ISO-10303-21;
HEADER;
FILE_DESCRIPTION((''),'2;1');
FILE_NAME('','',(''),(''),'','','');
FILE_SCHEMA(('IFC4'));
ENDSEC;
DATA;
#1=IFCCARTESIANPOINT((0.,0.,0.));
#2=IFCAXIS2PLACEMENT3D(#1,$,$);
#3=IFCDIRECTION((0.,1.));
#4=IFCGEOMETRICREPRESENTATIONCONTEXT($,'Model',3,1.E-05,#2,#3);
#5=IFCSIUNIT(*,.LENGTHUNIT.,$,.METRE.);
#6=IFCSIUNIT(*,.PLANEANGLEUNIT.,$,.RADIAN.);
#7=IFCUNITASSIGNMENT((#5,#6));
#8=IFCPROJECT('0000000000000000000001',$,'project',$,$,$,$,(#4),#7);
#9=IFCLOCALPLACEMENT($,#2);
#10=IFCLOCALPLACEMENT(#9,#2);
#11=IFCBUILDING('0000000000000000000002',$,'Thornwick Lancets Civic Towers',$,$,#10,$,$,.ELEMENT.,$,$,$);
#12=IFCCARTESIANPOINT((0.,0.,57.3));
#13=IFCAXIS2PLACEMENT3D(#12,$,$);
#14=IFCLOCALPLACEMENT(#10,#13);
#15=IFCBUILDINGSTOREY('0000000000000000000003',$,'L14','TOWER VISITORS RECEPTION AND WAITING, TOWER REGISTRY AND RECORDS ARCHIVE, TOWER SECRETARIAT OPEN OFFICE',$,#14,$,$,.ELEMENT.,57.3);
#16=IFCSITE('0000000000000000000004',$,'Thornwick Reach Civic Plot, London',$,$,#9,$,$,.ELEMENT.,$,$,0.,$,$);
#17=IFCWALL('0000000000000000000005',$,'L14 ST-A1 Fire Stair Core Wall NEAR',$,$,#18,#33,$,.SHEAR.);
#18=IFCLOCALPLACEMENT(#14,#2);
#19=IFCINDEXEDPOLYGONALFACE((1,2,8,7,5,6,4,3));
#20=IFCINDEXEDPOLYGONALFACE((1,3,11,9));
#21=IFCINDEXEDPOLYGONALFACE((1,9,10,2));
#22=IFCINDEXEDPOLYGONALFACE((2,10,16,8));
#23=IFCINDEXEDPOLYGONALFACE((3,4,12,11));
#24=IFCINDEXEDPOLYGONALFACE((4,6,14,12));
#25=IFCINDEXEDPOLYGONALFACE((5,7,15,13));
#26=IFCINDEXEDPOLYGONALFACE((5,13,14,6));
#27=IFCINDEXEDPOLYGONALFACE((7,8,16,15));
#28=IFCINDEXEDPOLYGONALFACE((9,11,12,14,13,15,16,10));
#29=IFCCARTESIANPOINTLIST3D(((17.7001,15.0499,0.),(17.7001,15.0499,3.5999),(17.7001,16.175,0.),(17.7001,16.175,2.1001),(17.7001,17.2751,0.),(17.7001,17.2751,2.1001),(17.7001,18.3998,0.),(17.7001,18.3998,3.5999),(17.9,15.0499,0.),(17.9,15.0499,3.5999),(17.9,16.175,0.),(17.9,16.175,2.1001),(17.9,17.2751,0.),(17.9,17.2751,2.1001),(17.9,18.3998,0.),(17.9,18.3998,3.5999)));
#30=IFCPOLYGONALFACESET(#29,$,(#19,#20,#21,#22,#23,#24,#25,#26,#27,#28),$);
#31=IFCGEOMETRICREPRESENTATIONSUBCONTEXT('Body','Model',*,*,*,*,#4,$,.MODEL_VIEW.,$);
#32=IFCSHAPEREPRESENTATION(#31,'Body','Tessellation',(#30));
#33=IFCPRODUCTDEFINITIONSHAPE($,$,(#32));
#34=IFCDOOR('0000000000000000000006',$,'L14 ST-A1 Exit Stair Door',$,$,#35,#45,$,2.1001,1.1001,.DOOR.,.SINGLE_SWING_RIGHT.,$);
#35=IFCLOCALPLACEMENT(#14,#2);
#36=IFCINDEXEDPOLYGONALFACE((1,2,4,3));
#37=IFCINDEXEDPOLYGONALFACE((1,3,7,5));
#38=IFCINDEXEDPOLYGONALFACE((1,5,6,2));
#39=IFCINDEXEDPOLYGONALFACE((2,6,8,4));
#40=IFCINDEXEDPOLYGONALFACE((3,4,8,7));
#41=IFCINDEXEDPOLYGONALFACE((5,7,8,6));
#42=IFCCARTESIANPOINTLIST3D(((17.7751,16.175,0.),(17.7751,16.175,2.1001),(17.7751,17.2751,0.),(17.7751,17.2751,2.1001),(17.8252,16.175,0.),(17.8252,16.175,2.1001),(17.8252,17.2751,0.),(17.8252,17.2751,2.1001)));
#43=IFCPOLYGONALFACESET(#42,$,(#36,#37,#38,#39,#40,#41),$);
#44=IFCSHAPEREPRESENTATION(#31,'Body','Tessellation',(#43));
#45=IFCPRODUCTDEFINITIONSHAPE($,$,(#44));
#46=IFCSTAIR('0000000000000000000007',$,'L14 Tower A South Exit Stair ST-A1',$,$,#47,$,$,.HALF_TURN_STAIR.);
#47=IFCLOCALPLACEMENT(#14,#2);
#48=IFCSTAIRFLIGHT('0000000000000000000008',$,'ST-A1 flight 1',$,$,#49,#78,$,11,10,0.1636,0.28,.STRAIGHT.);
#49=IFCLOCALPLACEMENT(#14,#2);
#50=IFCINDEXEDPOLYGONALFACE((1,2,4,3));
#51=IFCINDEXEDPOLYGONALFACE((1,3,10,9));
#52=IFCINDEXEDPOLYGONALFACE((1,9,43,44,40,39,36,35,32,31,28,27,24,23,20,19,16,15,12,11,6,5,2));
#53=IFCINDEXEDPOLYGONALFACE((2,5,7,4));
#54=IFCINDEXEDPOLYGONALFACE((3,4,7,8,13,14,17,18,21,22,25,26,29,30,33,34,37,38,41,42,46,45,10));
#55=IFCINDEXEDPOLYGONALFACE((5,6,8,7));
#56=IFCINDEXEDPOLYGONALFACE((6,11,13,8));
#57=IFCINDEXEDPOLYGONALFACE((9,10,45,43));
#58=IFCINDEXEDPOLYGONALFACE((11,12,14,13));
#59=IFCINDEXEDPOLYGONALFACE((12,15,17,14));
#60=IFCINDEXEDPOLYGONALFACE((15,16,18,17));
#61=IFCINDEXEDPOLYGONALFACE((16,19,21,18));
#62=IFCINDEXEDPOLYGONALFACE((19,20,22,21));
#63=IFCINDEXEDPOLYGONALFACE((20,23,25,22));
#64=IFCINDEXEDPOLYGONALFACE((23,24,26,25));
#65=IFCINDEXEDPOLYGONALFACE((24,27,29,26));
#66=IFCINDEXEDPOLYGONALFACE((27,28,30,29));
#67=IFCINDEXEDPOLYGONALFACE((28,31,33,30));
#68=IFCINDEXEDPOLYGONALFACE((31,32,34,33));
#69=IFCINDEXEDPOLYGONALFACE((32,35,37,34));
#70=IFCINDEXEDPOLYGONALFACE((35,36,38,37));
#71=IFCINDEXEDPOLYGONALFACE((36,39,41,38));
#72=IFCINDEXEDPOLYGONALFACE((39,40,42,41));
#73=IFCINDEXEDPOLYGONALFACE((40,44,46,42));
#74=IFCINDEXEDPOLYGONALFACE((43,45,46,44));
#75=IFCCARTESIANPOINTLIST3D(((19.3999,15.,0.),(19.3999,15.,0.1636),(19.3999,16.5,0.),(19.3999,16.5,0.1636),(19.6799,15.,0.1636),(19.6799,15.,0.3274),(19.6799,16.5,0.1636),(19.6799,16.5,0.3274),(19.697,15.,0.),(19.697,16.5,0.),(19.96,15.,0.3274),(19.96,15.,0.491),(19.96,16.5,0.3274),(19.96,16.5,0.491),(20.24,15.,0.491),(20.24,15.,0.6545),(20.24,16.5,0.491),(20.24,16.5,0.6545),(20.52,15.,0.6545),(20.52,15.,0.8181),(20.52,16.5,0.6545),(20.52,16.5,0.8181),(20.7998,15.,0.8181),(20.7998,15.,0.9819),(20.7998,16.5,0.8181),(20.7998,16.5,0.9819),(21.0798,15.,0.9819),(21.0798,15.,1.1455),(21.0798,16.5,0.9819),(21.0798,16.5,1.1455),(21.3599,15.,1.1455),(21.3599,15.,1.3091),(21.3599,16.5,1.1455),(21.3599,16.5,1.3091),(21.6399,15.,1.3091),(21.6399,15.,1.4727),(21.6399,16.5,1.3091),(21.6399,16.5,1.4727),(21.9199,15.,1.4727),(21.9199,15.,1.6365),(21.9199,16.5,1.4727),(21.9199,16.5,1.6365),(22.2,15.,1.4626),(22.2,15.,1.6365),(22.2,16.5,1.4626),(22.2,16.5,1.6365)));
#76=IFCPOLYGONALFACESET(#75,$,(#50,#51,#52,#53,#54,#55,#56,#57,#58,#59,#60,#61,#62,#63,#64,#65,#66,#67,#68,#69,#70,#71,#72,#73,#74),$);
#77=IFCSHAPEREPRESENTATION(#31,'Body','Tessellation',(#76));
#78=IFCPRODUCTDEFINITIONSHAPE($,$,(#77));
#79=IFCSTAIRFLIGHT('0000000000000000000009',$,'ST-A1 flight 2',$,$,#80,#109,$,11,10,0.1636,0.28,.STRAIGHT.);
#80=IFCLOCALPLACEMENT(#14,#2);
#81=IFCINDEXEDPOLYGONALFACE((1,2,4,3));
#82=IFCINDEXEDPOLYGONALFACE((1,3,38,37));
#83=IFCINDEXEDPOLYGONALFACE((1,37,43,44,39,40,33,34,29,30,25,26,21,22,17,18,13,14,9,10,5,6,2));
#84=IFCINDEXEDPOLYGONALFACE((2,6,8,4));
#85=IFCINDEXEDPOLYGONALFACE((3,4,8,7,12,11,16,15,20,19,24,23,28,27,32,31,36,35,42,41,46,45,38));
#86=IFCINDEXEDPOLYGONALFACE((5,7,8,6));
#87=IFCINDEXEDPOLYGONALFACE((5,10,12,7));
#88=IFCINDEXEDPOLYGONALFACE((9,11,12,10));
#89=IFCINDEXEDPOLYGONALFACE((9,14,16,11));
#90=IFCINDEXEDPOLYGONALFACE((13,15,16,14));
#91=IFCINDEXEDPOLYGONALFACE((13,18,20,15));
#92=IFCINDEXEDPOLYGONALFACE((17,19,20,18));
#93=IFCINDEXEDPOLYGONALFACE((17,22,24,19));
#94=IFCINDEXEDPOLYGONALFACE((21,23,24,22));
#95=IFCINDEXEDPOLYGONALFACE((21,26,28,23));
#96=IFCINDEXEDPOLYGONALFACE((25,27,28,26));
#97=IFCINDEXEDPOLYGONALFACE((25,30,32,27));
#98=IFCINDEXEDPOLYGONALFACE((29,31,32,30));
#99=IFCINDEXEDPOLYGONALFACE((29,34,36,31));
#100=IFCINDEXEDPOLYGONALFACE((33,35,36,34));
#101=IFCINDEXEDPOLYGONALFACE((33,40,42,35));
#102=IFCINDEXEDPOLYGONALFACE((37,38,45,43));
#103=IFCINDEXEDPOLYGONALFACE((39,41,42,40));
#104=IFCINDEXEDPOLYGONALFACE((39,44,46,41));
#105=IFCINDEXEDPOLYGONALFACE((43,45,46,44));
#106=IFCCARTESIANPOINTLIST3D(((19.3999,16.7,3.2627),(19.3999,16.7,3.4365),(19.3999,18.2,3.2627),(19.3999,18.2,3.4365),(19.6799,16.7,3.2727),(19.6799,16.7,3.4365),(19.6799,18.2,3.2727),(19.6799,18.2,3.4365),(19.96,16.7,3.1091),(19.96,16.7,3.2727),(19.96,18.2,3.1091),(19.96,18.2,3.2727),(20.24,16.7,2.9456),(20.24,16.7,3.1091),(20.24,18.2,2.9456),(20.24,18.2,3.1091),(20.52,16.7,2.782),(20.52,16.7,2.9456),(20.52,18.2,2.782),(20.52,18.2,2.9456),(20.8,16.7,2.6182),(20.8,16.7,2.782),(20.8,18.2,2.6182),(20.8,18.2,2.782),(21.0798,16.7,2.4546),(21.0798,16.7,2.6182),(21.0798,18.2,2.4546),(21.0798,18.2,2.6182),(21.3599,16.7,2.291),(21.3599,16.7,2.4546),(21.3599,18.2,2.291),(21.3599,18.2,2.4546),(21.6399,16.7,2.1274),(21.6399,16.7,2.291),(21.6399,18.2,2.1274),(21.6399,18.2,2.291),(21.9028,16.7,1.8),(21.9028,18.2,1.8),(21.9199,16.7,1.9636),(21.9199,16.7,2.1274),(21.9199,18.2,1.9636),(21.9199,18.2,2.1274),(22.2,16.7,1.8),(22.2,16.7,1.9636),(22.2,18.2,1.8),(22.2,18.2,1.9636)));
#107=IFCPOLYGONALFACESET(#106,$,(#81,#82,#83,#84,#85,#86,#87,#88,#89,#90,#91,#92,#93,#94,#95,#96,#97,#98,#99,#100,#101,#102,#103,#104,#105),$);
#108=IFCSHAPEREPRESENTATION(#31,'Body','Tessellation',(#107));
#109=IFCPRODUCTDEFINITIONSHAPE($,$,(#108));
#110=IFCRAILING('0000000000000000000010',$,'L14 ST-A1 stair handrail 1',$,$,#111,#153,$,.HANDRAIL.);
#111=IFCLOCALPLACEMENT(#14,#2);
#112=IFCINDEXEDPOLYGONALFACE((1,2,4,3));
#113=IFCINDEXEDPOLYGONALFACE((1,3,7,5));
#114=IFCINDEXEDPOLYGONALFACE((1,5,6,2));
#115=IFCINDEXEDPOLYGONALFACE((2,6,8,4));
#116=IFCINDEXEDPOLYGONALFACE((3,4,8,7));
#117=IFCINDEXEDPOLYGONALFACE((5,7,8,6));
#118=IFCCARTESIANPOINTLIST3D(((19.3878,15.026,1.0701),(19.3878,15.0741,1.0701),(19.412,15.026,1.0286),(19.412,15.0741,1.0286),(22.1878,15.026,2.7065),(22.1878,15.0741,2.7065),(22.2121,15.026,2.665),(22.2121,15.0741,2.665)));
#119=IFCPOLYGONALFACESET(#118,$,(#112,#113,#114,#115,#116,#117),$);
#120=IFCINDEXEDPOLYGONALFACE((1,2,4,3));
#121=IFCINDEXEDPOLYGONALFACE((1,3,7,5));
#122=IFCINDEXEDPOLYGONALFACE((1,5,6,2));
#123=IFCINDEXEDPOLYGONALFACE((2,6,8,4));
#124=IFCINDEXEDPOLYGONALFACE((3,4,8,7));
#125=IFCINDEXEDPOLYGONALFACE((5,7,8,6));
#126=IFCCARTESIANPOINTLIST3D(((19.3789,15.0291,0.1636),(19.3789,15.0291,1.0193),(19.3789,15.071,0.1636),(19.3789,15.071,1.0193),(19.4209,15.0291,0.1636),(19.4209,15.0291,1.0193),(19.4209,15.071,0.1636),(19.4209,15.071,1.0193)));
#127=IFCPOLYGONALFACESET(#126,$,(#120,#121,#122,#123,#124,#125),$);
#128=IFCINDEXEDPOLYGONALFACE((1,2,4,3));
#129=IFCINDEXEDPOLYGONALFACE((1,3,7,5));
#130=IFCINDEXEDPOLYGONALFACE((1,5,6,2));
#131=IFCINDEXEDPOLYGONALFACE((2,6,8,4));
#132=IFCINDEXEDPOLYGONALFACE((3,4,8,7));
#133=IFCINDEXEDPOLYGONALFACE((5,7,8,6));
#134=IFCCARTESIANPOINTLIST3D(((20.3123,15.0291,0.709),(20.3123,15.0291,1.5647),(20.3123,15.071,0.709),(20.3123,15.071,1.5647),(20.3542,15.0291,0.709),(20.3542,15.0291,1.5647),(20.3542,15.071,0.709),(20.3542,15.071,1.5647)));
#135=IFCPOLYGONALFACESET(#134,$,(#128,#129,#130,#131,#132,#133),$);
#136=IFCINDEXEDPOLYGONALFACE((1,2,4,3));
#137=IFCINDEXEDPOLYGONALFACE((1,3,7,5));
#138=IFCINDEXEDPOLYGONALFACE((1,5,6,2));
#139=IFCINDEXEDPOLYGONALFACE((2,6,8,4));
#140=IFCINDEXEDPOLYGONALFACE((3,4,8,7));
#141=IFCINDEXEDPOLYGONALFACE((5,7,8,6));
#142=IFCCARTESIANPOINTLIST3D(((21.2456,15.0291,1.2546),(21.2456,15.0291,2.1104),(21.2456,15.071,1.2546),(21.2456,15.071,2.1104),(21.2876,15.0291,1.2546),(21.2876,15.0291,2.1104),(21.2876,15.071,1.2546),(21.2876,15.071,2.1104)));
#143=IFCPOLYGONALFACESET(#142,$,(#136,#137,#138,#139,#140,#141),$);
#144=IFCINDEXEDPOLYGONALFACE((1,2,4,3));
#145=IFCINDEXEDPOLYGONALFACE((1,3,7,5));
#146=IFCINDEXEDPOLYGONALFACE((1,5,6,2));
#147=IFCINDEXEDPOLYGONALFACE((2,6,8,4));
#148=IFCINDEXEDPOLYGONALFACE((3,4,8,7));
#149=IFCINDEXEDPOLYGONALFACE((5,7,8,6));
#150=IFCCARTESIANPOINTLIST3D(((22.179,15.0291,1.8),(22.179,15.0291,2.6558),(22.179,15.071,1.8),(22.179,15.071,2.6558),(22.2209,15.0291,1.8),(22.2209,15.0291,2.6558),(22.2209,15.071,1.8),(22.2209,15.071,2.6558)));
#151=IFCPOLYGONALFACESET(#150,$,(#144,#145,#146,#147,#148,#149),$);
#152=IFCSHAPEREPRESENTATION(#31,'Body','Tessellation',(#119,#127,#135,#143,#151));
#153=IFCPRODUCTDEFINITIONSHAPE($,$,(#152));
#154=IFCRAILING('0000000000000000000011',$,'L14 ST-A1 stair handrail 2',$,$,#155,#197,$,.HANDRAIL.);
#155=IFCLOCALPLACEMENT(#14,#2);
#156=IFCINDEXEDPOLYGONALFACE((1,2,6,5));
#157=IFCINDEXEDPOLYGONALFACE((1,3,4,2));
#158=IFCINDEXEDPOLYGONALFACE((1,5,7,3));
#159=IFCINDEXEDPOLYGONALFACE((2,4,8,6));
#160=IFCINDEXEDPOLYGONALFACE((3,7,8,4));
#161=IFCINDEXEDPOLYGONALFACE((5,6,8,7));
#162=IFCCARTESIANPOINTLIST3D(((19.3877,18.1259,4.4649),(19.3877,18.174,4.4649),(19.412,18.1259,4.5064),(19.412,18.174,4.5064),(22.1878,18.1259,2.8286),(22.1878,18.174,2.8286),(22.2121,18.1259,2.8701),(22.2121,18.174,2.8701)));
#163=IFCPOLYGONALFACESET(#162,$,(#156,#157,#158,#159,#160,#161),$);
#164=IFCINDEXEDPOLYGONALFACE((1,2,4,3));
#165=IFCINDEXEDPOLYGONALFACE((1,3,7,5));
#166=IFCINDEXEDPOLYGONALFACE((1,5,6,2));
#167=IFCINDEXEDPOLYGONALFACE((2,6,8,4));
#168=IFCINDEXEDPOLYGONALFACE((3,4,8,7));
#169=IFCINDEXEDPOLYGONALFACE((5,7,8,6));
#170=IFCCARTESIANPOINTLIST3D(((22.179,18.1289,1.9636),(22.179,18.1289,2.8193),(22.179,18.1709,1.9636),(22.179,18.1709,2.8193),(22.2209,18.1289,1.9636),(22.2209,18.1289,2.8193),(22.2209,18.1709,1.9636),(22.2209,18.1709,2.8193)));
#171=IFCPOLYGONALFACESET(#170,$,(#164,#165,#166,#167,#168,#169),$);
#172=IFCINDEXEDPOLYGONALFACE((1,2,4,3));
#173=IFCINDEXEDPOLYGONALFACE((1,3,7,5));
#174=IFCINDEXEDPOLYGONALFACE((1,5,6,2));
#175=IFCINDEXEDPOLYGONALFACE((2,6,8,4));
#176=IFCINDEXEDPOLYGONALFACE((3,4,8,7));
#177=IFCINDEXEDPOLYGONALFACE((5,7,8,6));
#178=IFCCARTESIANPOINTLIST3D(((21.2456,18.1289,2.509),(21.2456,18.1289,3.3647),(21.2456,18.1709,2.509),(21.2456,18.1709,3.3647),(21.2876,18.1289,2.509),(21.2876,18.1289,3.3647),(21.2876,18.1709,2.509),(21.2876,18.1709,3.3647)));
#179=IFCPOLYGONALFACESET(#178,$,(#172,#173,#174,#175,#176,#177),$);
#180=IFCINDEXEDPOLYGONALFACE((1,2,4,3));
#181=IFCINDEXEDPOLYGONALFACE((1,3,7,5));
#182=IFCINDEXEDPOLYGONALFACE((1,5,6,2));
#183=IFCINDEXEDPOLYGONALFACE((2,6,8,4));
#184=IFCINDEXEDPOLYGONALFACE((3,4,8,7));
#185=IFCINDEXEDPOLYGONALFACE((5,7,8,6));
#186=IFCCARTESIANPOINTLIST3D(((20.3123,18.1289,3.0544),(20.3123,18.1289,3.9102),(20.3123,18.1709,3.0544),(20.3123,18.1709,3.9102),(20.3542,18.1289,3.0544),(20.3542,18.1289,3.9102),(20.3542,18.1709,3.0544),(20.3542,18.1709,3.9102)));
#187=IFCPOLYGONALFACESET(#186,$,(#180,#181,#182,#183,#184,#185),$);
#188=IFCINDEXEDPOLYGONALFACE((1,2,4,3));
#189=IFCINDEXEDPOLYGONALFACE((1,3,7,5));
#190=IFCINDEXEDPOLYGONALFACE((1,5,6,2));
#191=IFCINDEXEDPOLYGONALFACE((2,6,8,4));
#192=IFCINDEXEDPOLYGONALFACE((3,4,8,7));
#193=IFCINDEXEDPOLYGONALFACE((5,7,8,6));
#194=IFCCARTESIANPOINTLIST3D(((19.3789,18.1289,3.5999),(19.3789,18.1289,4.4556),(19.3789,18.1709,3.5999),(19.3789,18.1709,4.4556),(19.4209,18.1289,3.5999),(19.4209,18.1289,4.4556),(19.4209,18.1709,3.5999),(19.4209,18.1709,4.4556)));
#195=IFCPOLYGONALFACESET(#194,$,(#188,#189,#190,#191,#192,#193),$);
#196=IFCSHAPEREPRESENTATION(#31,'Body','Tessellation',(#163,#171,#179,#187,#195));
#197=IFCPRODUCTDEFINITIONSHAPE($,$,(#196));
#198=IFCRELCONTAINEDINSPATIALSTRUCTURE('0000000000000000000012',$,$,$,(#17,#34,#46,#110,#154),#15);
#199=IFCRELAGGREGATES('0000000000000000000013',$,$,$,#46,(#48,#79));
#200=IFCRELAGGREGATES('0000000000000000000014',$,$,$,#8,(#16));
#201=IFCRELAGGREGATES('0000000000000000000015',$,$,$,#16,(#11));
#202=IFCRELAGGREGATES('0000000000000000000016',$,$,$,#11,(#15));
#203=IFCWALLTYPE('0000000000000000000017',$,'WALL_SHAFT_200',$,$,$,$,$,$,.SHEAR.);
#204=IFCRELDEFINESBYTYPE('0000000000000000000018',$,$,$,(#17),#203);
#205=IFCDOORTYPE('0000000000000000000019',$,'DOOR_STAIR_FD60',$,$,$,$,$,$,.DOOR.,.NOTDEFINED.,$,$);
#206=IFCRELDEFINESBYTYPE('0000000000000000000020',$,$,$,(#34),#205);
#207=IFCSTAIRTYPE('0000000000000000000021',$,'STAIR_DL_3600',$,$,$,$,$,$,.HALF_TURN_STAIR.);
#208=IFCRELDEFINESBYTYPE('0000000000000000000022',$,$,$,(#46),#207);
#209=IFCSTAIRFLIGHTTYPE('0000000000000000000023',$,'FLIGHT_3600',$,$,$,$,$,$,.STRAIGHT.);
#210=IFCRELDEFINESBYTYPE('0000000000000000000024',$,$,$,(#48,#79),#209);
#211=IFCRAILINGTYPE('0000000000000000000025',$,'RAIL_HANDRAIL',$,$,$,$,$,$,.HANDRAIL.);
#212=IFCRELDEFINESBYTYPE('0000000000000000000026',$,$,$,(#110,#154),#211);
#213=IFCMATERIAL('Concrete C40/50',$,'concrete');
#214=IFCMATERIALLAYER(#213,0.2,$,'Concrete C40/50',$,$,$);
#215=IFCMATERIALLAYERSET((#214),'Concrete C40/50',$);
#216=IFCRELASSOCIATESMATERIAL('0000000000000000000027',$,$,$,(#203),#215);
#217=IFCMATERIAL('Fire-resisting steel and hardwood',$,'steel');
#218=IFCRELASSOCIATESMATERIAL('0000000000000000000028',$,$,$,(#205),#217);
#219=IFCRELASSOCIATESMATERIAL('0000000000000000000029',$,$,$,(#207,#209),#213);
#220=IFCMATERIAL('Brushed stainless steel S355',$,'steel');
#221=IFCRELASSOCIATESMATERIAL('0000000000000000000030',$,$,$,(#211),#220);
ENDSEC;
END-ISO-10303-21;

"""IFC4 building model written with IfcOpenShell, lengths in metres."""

from ifc_helpers import new_model, si_unit, direction, frame, frame_2d, origin, origin_2d, place, context, subcontext, project, spatial, polyline, rectangle, outline, extrude, material, layer, layer_set, type_object, element, fill, aggregate, save


model = new_model("IFC4")

# Units and contexts
model_context = context("Model", 3, precision=1e-05, world=origin(), true_north=direction((0.0, 1.0)))
body_context = subcontext(model_context, "Body", "Model", "MODEL_VIEW")
ifc_project = project(units=[si_unit("LENGTHUNIT", "METRE"), si_unit("PLANEANGLEUNIT", "RADIAN")], contexts=[model_context])

# Site, building, storey
site_placement = place(None, origin())
site = spatial("IfcSite", under=ifc_project, at=site_placement, Name="Thornwick Reach Civic Plot, London", CompositionType="ELEMENT", RefElevation=0.0)
building_placement = place(site_placement, origin())
building = spatial("IfcBuilding", under=site, at=building_placement, Name="Thornwick Lancets Civic Towers", CompositionType="ELEMENT")
storey_placement = place(building_placement, frame((0.0, 0.0, 57.3)))
storey = spatial("IfcBuildingStorey", under=building, at=storey_placement, Name="L14", Description="TOWER VISITORS RECEPTION AND WAITING, TOWER REGISTRY AND RECORDS ARCHIVE, TOWER SECRETARIAT OPEN OFFICE", CompositionType="ELEMENT", Elevation=57.3)

# Shared definitions
ifc_material_1 = material(Name="Concrete C40/50", Category="concrete")

# Wall, opening, door
ifc_layer_1 = layer(ifc_material_1, 0.2, Name="Concrete C40/50")
ifc_layer_set_1 = layer_set([ifc_layer_1], Name="Concrete C40/50")
wall_type_1 = type_object("IfcWallType", Name="WALL_SHAFT_200", PredefinedType="SHEAR", material=ifc_layer_set_1)
wall_1_placement = place(storey_placement, frame((17.8, 15.05, 0.0), z_axis=(0.0, 0.0, 1.0), x_axis=(0.0, 1.0, 0.0)))
wall_1 = element("IfcWall", 1, at=wall_1_placement, inside=storey, type_object=wall_type_1, Name="L14 ST-A1 Fire Stair Core Wall NEAR", PredefinedType="SHEAR", context=body_context, shape_type="SweptSolid", body=[
    extrude(rectangle(XDim=3.3499, YDim=0.2, at=frame_2d((1.6748, 0.0))), origin(), (0.0, 0.0, 1.0), 3.5999),
])
opening_1_placement = place(wall_1_placement, frame((1.125, 0.0, 0.0)))
opening_1 = element("IfcOpeningElement", 2, at=opening_1_placement, cuts=wall_1, PredefinedType="OPENING", context=body_context, shape_type="SweptSolid", body=[
    extrude(rectangle(XDim=1.1001, YDim=2.1001, at=frame_2d((0.55, 1.05))), frame((0.0, 0.1099, 0.0), z_axis=(0.0, -1.0, 0.0), x_axis=(1.0, 0.0, 0.0)), (0.0, 0.0, 1.0), 0.22),
])
ifc_material_2 = material(Name="Fire-resisting steel and hardwood", Category="steel")
door_type_1 = type_object("IfcDoorType", Name="DOOR_STAIR_FD60", OperationType="NOTDEFINED", PredefinedType="DOOR", material=ifc_material_2)
door_1_placement = place(opening_1_placement, origin())
door_1 = element("IfcDoor", 3, at=door_1_placement, inside=storey, type_object=door_type_1, Name="L14 ST-A1 Exit Stair Door", OperationType="SINGLE_SWING_RIGHT", OverallHeight=2.1001, OverallWidth=1.1001, PredefinedType="DOOR", context=body_context, shape_type="SweptSolid", body=[
    extrude(rectangle(XDim=1.1001, YDim=2.1001, at=frame_2d((0.55, 1.05))), frame((0.0, 0.0249, 0.0), z_axis=(0.0, -1.0, 0.0), x_axis=(1.0, 0.0, 0.0)), (0.0, 0.0, 1.0), 0.05),
])
fill(opening_1, door_1)

# Stair, stair flights
stair_type = type_object("IfcStairType", Name="STAIR_DL_3600", PredefinedType="HALF_TURN_STAIR", material=ifc_material_1)
stair_placement = place(storey_placement, origin())
stair = element("IfcStair", 4, at=stair_placement, inside=storey, type_object=stair_type, Name="L14 Tower A South Exit Stair ST-A1", PredefinedType="HALF_TURN_STAIR")
stair_flight_type = type_object("IfcStairFlightType", Name="FLIGHT_3600", PredefinedType="STRAIGHT", material=ifc_material_1)
stair_flight_1_placement = place(storey_placement, frame((19.3999, 15.75, 0.0), z_axis=(0.0, 0.0, 1.0), x_axis=(1.0, 0.0, 0.0)))
stair_flight_1 = element("IfcStairFlight", 5, at=stair_flight_1_placement, type_object=stair_flight_type, Name="ST-A1 flight 1", NumberOfRisers=11, NumberOfTreads=10, PredefinedType="STRAIGHT", RiserHeight=0.1636, TreadLength=0.28, context=body_context, shape_type="SweptSolid", body=[
    extrude(outline(polyline([(0.0, 0.0), (0.0, 0.1636), (0.28, 0.1636), (0.28, 0.3274), (0.5601, 0.3274), (0.5601, 0.491), (0.8401, 0.491), (0.8401, 0.6545), (1.1201, 0.6545), (1.1201, 0.8181), (1.3999, 0.8181), (1.3999, 0.9819), (1.6799, 0.9819), (1.6799, 1.1455), (1.96, 1.1455), (1.96, 1.3091), (2.24, 1.3091), (2.24, 1.4727), (2.52, 1.4727), (2.52, 1.6365), (2.8, 1.6365), (2.8, 1.8), (2.8, 1.4626), (0.2971, 0.0), (0.0, 0.0)])), frame((0.0, 0.75, 0.0), z_axis=(0.0, -1.0, 0.0), x_axis=(1.0, 0.0, 0.0)), (0.0, 0.0, 1.0), 1.5),
])
stair_flight_2_placement = place(storey_placement, frame((22.2, 17.45, 1.8), z_axis=(0.0, 0.0, 1.0), x_axis=(-1.0, 0.0, 0.0)))
stair_flight_2 = element("IfcStairFlight", 6, at=stair_flight_2_placement, type_object=stair_flight_type, Name="ST-A1 flight 2", NumberOfRisers=11, NumberOfTreads=10, PredefinedType="STRAIGHT", RiserHeight=0.1636, TreadLength=0.28, context=body_context, shape_type="SweptSolid", body=[
    extrude(outline(polyline([(0.0, 0.0), (0.0, 0.1636), (0.28, 0.1636), (0.28, 0.3274), (0.5601, 0.3274), (0.5601, 0.491), (0.8401, 0.491), (0.8401, 0.6545), (1.1201, 0.6545), (1.1201, 0.8181), (1.3999, 0.8181), (1.3999, 0.9819), (1.6799, 0.9819), (1.6799, 1.1455), (1.96, 1.1455), (1.96, 1.3091), (2.24, 1.3091), (2.24, 1.4727), (2.52, 1.4727), (2.52, 1.6365), (2.8, 1.6365), (2.8, 1.8), (2.8, 1.4626), (0.2971, 0.0), (0.0, 0.0)])), frame((0.0, 0.75, 0.0), z_axis=(0.0, -1.0, 0.0), x_axis=(1.0, 0.0, 0.0)), (0.0, 0.0, 1.0), 1.5),
])
aggregate(stair, [stair_flight_1, stair_flight_2])

# Railings
ifc_material_3 = material(Name="Brushed stainless steel S355", Category="steel")
railing_type_1 = type_object("IfcRailingType", Name="RAIL_HANDRAIL", PredefinedType="HANDRAIL", material=ifc_material_3)
railing_1_placement = place(storey_placement, frame((19.3999, 15.05, 0.1636)))
element("IfcRailing", 7, at=railing_1_placement, inside=storey, type_object=railing_type_1, Name="L14 ST-A1 stair handrail 1", PredefinedType="HANDRAIL", context=body_context, shape_type="SweptSolid", body=[
    extrude(rectangle(XDim=0.0481, YDim=0.0481, at=origin_2d()), frame((0.0, 0.0, 0.8857), z_axis=(0.863361, 0.0, 0.504587), x_axis=(0.0, 1.0, 0.0)), (0.0, 0.0, 1.0), 3.2432),
    extrude(rectangle(XDim=0.042, YDim=0.042, at=origin_2d()), origin(), (0.0, 0.0, 1.0), 0.8557),
    extrude(rectangle(XDim=0.042, YDim=0.042, at=origin_2d()), frame((0.9333, 0.0, 0.5454)), (0.0, 0.0, 1.0), 0.8557),
    extrude(rectangle(XDim=0.042, YDim=0.042, at=origin_2d()), frame((1.8667, 0.0, 1.0911)), (0.0, 0.0, 1.0), 0.8557),
    extrude(rectangle(XDim=0.042, YDim=0.042, at=origin_2d()), frame((2.8, 0.0, 1.6365)), (0.0, 0.0, 1.0), 0.8557),
])
railing_2_placement = place(storey_placement, frame((22.2, 18.1499, 1.9636)))
element("IfcRailing", 8, at=railing_2_placement, inside=storey, type_object=railing_type_1, Name="L14 ST-A1 stair handrail 2", PredefinedType="HANDRAIL", context=body_context, shape_type="SweptSolid", body=[
    extrude(rectangle(XDim=0.0481, YDim=0.0481, at=origin_2d()), frame((0.0, 0.0, 0.8857), z_axis=(-0.863394, 0.0, 0.504531), x_axis=(0.0, -1.0, 0.0)), (0.0, 0.0, 1.0), 3.2432),
    extrude(rectangle(XDim=0.042, YDim=0.042, at=origin_2d()), origin(), (0.0, 0.0, 1.0), 0.8557),
    extrude(rectangle(XDim=0.042, YDim=0.042, at=origin_2d()), frame((-0.9333, 0.0, 0.5454)), (0.0, 0.0, 1.0), 0.8557),
    extrude(rectangle(XDim=0.042, YDim=0.042, at=origin_2d()), frame((-1.8667, 0.0, 1.0908)), (0.0, 0.0, 1.0), 0.8557),
    extrude(rectangle(XDim=0.042, YDim=0.042, at=origin_2d()), frame((-2.8, 0.0, 1.6362)), (0.0, 0.0, 1.0), 0.8557),
])

save(model, "model.ifc")
